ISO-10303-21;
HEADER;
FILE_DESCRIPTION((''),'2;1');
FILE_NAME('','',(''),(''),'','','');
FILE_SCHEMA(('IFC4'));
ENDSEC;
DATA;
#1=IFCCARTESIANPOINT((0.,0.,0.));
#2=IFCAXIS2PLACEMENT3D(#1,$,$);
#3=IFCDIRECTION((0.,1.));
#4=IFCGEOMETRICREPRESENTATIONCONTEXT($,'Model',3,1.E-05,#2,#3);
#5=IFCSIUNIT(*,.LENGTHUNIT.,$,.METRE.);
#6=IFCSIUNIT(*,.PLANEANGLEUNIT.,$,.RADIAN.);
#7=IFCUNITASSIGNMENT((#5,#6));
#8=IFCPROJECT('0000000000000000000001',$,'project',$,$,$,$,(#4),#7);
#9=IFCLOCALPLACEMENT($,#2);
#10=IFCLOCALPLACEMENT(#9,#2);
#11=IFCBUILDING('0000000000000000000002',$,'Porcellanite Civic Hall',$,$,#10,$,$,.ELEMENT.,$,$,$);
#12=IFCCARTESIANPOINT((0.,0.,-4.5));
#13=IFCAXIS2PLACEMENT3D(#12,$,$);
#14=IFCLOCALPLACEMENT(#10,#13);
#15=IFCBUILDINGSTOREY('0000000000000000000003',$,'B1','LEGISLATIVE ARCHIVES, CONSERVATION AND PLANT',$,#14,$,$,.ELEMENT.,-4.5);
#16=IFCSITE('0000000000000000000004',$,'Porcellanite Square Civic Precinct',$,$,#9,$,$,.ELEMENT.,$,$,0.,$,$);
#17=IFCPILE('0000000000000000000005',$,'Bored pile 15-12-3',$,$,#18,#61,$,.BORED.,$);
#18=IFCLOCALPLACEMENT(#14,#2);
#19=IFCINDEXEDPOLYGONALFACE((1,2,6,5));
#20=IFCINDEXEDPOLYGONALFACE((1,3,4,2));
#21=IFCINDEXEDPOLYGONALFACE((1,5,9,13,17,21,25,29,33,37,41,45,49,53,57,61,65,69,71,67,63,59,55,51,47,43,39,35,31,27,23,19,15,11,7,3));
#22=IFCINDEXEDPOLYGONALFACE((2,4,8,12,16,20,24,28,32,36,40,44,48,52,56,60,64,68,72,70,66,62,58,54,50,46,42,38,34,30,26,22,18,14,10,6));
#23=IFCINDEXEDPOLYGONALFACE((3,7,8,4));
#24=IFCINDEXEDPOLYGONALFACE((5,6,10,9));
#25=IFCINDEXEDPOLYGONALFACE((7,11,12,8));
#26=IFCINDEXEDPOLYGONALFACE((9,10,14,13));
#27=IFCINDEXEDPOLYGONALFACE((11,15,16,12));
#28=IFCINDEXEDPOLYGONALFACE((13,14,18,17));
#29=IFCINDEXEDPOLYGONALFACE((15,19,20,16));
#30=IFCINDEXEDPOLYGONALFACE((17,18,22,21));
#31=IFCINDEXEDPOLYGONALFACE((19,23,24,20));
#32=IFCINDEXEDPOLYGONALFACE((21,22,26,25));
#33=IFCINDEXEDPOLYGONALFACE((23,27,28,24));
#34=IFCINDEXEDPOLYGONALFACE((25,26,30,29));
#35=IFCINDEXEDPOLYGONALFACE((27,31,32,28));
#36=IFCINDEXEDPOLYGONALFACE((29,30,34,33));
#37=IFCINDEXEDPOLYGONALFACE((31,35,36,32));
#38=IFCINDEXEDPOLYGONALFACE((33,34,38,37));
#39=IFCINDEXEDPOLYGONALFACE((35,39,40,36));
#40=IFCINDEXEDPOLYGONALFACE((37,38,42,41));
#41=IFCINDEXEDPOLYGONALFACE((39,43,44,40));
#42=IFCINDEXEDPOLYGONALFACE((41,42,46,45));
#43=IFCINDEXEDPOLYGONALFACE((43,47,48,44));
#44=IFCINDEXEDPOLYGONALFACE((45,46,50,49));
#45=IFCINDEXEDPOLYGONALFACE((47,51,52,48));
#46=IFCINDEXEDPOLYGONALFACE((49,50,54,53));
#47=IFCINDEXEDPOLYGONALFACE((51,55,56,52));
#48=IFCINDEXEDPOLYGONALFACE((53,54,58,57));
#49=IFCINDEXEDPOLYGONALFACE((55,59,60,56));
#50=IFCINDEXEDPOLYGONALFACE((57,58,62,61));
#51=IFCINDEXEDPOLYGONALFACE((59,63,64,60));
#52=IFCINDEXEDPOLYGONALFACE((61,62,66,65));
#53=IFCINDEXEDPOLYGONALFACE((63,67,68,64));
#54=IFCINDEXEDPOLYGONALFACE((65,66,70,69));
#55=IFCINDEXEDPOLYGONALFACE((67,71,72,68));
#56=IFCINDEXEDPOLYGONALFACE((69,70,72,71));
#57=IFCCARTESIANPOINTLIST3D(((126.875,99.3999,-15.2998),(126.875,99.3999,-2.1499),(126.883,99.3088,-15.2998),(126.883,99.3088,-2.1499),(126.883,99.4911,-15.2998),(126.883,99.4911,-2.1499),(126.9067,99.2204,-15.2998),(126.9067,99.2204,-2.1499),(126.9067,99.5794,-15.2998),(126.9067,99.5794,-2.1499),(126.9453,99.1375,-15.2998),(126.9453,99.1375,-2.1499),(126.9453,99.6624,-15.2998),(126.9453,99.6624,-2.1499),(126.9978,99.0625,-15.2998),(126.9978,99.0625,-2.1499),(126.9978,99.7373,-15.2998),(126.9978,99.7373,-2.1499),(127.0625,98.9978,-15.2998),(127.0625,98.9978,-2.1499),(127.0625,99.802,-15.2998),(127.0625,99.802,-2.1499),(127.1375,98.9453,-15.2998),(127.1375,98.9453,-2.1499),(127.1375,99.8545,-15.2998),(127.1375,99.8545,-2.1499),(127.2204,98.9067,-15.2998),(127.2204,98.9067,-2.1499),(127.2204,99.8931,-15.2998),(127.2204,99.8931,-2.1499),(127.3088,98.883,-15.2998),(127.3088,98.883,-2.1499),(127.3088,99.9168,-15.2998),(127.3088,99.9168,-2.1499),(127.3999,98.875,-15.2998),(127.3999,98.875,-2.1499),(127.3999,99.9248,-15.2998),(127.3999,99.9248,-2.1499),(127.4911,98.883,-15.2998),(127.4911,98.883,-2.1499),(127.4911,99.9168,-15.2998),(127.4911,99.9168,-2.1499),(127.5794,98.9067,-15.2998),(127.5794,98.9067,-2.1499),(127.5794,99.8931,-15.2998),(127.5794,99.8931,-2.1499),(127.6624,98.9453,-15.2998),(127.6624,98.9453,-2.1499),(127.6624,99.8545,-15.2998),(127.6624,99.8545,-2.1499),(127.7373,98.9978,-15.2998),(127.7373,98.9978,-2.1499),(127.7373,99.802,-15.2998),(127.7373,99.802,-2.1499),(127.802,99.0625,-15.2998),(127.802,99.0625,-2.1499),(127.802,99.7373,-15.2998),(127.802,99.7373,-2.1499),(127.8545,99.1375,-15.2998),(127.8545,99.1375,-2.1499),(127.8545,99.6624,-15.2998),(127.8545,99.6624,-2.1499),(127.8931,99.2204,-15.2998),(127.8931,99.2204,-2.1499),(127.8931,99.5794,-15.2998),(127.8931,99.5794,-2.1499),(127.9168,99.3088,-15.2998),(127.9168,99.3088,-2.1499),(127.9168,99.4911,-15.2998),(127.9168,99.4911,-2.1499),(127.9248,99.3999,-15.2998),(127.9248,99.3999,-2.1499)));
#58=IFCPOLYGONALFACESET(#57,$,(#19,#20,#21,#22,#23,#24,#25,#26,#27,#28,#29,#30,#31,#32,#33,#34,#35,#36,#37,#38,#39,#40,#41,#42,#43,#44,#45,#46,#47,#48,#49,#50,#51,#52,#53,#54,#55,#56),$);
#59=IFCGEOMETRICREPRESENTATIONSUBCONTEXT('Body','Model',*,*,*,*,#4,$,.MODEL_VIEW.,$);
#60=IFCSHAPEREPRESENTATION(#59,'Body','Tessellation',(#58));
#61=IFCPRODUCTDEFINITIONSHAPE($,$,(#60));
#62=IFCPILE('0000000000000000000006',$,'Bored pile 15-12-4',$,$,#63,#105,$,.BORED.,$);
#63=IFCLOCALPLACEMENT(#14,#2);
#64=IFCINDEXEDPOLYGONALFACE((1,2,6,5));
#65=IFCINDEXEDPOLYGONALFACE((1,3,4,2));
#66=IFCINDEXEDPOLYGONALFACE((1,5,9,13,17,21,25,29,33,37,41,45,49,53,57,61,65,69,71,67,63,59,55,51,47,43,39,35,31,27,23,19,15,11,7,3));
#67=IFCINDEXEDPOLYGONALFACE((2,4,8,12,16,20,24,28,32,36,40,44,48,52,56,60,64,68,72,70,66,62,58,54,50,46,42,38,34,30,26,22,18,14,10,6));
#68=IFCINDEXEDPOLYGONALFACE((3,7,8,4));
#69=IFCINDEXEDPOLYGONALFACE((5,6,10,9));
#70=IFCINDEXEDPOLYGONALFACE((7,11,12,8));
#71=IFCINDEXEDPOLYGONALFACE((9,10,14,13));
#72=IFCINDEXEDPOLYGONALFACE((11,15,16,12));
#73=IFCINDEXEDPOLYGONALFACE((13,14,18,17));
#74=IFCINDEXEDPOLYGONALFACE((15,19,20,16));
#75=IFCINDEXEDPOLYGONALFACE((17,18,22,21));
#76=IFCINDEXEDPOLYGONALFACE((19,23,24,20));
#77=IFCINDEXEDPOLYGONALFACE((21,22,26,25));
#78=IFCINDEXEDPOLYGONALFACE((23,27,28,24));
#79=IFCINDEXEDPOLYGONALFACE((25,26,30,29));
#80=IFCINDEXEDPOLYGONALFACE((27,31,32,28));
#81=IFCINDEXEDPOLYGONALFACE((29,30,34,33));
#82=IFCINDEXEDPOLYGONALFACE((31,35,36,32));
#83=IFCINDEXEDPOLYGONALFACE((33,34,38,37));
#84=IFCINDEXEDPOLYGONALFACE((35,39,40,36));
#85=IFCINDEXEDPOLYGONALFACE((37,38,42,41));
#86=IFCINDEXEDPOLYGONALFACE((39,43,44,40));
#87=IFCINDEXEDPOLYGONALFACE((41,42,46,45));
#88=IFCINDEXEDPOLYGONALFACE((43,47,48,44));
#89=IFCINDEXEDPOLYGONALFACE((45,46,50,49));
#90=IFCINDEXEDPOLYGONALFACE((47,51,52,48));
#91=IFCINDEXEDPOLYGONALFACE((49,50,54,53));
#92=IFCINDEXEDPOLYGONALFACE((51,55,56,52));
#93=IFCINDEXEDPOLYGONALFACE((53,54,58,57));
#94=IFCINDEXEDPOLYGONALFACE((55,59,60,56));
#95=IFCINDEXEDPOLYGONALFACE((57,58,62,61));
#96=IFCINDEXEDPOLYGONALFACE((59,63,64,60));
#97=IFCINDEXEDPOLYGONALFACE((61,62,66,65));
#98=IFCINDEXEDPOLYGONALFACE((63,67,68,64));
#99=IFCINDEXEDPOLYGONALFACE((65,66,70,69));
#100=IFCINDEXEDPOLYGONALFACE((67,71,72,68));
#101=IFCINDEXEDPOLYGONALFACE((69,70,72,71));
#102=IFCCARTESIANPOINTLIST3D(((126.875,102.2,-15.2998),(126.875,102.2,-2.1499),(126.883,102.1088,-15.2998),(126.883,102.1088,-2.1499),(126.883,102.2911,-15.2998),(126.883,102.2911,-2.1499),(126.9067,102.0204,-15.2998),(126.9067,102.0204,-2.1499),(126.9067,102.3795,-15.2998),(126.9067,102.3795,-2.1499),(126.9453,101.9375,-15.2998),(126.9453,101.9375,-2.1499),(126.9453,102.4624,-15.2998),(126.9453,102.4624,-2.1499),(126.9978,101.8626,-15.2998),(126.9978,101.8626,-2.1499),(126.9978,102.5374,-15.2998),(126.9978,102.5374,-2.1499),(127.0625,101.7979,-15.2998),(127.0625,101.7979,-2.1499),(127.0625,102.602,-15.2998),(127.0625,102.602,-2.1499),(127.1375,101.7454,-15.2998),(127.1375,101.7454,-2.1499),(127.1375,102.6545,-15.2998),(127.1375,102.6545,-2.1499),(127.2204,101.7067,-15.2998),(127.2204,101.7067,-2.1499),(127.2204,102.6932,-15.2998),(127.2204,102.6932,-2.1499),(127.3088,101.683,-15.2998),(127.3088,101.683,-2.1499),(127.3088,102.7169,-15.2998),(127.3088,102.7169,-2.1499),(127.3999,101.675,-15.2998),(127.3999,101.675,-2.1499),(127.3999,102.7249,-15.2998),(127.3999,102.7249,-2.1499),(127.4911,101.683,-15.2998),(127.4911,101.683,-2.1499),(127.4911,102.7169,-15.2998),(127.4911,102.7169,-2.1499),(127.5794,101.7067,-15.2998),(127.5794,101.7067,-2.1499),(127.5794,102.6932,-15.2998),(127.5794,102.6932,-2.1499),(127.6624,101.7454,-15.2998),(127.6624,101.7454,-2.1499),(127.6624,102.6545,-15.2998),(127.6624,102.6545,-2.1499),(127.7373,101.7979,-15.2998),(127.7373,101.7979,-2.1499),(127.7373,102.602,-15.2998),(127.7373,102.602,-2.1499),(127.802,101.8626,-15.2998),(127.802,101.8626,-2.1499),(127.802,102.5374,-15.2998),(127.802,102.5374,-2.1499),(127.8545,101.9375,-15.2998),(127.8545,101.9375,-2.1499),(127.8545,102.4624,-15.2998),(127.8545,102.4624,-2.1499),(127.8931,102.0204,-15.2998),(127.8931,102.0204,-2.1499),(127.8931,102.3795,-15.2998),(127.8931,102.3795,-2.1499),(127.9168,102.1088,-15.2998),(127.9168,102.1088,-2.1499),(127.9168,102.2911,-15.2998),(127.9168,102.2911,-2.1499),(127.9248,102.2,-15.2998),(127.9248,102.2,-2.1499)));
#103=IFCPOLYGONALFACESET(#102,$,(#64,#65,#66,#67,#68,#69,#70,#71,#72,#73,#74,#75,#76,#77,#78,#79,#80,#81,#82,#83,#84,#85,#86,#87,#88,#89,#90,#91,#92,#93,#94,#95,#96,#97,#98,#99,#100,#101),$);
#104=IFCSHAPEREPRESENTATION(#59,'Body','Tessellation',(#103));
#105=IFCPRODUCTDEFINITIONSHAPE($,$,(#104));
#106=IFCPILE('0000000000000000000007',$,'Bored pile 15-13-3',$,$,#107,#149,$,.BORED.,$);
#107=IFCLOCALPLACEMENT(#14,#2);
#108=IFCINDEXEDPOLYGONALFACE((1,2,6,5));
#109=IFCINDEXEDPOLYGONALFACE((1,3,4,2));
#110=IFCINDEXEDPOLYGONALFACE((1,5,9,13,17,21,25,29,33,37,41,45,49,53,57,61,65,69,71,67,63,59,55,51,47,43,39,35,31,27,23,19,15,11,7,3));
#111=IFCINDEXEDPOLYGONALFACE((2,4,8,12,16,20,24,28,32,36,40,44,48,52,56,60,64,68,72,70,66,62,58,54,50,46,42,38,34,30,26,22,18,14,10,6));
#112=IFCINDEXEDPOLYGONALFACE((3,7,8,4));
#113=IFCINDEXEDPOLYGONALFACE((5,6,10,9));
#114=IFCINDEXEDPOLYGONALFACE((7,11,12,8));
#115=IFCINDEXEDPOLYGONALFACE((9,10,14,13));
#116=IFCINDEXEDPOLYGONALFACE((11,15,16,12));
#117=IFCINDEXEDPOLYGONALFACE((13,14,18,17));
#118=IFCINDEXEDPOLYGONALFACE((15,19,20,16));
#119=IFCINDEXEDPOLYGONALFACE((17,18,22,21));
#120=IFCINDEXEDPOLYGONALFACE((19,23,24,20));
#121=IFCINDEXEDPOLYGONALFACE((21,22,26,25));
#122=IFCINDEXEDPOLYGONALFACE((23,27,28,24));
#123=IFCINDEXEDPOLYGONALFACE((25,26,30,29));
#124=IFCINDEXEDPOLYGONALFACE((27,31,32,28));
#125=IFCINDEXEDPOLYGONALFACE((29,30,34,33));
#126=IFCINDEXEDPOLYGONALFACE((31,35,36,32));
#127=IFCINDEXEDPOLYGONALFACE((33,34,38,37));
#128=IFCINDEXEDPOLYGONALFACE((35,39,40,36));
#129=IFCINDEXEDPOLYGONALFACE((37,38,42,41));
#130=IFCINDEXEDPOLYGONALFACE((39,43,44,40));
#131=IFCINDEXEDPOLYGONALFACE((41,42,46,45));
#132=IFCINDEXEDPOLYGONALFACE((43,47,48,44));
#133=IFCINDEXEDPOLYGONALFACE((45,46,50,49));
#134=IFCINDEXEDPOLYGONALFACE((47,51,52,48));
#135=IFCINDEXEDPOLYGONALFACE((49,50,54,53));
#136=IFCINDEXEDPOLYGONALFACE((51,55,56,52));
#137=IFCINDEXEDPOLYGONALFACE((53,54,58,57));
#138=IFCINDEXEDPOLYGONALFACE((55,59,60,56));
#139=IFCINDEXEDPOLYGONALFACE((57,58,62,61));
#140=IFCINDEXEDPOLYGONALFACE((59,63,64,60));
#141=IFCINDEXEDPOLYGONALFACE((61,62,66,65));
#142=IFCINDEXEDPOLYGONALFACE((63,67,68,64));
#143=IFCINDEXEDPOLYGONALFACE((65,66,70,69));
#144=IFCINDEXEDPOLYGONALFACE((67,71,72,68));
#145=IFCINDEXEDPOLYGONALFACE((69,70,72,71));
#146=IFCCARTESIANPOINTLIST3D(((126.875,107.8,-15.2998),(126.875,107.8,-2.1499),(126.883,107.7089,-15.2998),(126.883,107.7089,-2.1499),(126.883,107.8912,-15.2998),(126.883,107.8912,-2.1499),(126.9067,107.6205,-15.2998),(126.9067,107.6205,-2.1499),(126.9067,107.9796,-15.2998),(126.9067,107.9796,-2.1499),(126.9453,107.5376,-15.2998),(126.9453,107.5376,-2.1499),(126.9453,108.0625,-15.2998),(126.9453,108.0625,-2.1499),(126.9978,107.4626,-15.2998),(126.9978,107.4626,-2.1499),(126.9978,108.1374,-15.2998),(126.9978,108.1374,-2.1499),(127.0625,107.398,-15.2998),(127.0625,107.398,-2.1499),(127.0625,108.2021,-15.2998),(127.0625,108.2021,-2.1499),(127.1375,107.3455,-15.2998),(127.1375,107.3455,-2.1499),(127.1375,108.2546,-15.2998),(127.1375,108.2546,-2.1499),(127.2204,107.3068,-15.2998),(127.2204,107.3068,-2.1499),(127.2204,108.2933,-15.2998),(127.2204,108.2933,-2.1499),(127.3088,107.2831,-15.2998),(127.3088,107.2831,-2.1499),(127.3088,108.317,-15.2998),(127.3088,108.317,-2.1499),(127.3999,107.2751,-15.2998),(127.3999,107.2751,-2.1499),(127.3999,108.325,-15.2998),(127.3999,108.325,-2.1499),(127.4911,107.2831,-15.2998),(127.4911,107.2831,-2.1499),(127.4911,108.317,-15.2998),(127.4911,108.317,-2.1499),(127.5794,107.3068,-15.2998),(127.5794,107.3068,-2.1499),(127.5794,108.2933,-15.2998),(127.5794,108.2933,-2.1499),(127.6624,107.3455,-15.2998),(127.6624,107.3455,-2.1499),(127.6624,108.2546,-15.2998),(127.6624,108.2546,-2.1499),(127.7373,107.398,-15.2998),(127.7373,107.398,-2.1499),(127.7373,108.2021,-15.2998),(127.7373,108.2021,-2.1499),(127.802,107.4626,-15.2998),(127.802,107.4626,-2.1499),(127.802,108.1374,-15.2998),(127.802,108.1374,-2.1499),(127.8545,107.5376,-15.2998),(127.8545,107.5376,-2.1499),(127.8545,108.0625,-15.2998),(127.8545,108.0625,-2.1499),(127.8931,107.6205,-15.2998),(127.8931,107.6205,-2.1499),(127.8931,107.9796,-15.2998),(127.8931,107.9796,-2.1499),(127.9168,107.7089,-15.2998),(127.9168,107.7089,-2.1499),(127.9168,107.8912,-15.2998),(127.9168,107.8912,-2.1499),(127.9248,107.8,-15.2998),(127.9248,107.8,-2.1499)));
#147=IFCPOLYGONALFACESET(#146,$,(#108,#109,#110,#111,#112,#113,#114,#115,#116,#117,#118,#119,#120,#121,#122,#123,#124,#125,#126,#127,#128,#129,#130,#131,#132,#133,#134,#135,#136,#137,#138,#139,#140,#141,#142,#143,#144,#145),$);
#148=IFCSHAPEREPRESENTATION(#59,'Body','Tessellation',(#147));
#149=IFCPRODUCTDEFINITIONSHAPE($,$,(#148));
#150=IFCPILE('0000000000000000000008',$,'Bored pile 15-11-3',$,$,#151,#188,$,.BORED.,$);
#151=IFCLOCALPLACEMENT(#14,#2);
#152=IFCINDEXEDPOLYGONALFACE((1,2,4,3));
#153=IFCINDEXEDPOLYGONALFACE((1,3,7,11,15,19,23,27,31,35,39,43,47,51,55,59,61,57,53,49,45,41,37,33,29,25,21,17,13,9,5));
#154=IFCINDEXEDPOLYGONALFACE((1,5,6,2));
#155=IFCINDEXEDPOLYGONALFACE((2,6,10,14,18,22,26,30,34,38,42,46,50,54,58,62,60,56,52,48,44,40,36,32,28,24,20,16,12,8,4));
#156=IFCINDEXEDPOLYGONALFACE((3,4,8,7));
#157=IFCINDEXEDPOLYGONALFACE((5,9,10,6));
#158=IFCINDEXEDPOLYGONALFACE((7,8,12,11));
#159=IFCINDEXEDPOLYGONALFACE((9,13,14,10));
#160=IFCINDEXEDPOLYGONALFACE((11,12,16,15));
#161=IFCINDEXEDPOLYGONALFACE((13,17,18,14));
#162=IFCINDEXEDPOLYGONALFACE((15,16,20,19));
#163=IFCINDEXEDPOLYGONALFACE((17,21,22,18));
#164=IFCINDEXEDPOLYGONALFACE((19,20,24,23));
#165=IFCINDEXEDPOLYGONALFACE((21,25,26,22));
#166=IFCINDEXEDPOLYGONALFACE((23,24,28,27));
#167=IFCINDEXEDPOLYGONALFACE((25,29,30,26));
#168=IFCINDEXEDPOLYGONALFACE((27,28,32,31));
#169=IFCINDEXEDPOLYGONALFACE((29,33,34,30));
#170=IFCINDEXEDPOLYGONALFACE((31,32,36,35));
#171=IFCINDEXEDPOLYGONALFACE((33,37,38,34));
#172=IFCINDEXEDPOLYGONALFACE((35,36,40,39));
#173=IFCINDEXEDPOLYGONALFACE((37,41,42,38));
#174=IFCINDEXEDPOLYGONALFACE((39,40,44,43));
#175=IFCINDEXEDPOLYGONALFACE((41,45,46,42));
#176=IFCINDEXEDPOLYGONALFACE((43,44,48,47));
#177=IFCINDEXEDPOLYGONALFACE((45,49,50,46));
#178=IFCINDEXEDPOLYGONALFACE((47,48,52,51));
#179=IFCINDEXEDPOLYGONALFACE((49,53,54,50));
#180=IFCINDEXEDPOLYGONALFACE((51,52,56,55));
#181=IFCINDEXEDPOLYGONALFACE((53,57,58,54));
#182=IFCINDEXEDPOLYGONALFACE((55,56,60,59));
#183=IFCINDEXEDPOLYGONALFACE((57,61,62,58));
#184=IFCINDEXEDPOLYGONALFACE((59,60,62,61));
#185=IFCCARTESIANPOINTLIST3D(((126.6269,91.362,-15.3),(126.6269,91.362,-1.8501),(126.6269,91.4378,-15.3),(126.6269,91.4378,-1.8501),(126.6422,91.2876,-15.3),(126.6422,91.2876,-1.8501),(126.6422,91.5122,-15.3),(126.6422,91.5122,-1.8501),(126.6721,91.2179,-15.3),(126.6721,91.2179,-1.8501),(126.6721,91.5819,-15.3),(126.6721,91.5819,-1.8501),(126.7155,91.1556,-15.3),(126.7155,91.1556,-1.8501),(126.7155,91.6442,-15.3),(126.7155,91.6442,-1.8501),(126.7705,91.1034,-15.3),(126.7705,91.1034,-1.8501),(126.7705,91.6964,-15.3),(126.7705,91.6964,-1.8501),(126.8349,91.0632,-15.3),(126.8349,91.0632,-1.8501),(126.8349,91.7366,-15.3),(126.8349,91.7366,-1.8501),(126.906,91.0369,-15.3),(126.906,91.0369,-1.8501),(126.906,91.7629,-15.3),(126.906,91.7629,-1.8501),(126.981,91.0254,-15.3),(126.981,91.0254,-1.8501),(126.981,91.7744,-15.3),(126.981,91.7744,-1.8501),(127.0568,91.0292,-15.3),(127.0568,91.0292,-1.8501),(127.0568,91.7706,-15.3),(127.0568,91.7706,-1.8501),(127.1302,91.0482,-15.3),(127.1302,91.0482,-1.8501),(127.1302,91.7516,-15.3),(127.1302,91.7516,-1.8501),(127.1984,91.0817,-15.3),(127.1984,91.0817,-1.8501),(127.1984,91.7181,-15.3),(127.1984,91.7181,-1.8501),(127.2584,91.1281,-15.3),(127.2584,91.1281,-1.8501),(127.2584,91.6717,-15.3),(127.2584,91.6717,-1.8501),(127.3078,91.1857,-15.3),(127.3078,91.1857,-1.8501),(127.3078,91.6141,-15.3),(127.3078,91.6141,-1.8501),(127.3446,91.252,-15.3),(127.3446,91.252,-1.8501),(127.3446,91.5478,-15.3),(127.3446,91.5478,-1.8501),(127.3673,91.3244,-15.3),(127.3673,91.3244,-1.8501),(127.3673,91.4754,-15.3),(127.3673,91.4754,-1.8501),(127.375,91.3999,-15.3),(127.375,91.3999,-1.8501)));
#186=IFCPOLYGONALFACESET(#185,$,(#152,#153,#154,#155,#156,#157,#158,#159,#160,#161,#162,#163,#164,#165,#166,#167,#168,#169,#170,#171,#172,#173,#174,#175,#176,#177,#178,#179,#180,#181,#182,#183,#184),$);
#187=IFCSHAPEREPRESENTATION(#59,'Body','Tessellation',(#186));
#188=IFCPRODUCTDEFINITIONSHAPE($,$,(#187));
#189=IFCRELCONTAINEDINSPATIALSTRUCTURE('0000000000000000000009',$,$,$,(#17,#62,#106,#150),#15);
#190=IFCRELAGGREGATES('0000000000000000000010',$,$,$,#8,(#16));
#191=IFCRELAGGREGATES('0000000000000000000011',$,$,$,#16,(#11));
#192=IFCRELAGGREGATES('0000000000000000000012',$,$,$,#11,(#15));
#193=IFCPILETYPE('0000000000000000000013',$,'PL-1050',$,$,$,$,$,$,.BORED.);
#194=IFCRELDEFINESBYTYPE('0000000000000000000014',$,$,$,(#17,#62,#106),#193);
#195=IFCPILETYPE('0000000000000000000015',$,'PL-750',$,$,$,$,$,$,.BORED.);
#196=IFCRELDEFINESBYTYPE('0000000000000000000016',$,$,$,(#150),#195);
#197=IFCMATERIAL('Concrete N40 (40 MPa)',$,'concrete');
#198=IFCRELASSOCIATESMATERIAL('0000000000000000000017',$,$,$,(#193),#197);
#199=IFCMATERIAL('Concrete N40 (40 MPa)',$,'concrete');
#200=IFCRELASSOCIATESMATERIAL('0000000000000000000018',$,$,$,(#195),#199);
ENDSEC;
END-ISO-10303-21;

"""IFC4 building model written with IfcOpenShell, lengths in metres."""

from ifc_helpers import new_model, si_unit, direction, frame, origin, origin_2d, place, context, subcontext, project, spatial, circle, extrude, material, material_profile, profile_set, type_object, element, save


model = new_model("IFC4")

# Units and contexts
model_context = context("Model", 3, precision=1e-05, world=origin(), true_north=direction((0.0, 1.0)))
body_context = subcontext(model_context, "Body", "Model", "MODEL_VIEW")
ifc_project = project(units=[si_unit("LENGTHUNIT", "METRE"), si_unit("PLANEANGLEUNIT", "RADIAN")], contexts=[model_context])

# Site, building, storey
site_placement = place(None, origin())
site = spatial("IfcSite", under=ifc_project, at=site_placement, Name="Porcellanite Square Civic Precinct", CompositionType="ELEMENT", RefElevation=0.0)
building_placement = place(site_placement, origin())
building = spatial("IfcBuilding", under=site, at=building_placement, Name="Porcellanite Civic Hall", CompositionType="ELEMENT")
storey_placement = place(building_placement, frame((0.0, 0.0, -4.5)))
storey = spatial("IfcBuildingStorey", under=building, at=storey_placement, Name="B1", Description="LEGISLATIVE ARCHIVES, CONSERVATION AND PLANT", CompositionType="ELEMENT", Elevation=-4.5)

# Piles
ifc_material_1 = material(Name="Concrete N40 (40 MPa)", Category="concrete")
ifc_material_profile_1 = material_profile(ifc_material_1, circle(Radius=0.5249, at=origin_2d()), Name="PILE-D1050")
ifc_profile_set_1 = profile_set([ifc_material_profile_1], Name="Concrete N40 (40 MPa)")
pile_type_1 = type_object("IfcPileType", Name="PL-1050", PredefinedType="BORED", material=ifc_profile_set_1)
for number, where, z_axis, x_axis, name in (
    (1, (127.3999, 99.3999, -2.1499), (0.0, 0.0, -1.0), (1.0, 0.0, 0.0), "Bored pile 15-12-3"),
    (2, (127.3999, 102.2, -2.1499), (0.0, 0.0, -1.0), (1.0, 0.0, 0.0), "Bored pile 15-12-4"),
    (3, (127.3999, 107.8, -2.1499), (0.0, 0.0, -1.0), (1.0, 0.0, 0.0), "Bored pile 15-13-3"),
):
    element("IfcPile", number, at=place(storey_placement, frame(where, z_axis=z_axis, x_axis=x_axis)), inside=storey, type_object=pile_type_1, Name=name, PredefinedType="BORED", context=body_context, shape_type="SweptSolid", body=[
        extrude(circle(Radius=0.5249, at=origin_2d()), origin(), (0.0, 0.0, 1.0), 13.1499),
    ])
ifc_material_2 = material(Name="Concrete N40 (40 MPa)", Category="concrete")
ifc_material_profile_2 = material_profile(ifc_material_2, circle(Radius=0.375, at=origin_2d()), Name="PILE-D750")
ifc_profile_set_2 = profile_set([ifc_material_profile_2], Name="Concrete N40 (40 MPa)")
pile_type_2 = type_object("IfcPileType", Name="PL-750", PredefinedType="BORED", material=ifc_profile_set_2)
for number, where, z_axis, x_axis, name in (
    (4, (127.0, 91.3999, -1.8501), (0.0, 0.0, -1.0), (1.0, 0.0, 0.0), "Bored pile 15-11-3"),
):
    element("IfcPile", number, at=place(storey_placement, frame(where, z_axis=z_axis, x_axis=x_axis)), inside=storey, type_object=pile_type_2, Name=name, PredefinedType="BORED", context=body_context, shape_type="SweptSolid", body=[
        extrude(circle(Radius=0.375, at=origin_2d()), origin(), (0.0, 0.0, 1.0), 13.45),
    ])

save(model, "model.ifc")
